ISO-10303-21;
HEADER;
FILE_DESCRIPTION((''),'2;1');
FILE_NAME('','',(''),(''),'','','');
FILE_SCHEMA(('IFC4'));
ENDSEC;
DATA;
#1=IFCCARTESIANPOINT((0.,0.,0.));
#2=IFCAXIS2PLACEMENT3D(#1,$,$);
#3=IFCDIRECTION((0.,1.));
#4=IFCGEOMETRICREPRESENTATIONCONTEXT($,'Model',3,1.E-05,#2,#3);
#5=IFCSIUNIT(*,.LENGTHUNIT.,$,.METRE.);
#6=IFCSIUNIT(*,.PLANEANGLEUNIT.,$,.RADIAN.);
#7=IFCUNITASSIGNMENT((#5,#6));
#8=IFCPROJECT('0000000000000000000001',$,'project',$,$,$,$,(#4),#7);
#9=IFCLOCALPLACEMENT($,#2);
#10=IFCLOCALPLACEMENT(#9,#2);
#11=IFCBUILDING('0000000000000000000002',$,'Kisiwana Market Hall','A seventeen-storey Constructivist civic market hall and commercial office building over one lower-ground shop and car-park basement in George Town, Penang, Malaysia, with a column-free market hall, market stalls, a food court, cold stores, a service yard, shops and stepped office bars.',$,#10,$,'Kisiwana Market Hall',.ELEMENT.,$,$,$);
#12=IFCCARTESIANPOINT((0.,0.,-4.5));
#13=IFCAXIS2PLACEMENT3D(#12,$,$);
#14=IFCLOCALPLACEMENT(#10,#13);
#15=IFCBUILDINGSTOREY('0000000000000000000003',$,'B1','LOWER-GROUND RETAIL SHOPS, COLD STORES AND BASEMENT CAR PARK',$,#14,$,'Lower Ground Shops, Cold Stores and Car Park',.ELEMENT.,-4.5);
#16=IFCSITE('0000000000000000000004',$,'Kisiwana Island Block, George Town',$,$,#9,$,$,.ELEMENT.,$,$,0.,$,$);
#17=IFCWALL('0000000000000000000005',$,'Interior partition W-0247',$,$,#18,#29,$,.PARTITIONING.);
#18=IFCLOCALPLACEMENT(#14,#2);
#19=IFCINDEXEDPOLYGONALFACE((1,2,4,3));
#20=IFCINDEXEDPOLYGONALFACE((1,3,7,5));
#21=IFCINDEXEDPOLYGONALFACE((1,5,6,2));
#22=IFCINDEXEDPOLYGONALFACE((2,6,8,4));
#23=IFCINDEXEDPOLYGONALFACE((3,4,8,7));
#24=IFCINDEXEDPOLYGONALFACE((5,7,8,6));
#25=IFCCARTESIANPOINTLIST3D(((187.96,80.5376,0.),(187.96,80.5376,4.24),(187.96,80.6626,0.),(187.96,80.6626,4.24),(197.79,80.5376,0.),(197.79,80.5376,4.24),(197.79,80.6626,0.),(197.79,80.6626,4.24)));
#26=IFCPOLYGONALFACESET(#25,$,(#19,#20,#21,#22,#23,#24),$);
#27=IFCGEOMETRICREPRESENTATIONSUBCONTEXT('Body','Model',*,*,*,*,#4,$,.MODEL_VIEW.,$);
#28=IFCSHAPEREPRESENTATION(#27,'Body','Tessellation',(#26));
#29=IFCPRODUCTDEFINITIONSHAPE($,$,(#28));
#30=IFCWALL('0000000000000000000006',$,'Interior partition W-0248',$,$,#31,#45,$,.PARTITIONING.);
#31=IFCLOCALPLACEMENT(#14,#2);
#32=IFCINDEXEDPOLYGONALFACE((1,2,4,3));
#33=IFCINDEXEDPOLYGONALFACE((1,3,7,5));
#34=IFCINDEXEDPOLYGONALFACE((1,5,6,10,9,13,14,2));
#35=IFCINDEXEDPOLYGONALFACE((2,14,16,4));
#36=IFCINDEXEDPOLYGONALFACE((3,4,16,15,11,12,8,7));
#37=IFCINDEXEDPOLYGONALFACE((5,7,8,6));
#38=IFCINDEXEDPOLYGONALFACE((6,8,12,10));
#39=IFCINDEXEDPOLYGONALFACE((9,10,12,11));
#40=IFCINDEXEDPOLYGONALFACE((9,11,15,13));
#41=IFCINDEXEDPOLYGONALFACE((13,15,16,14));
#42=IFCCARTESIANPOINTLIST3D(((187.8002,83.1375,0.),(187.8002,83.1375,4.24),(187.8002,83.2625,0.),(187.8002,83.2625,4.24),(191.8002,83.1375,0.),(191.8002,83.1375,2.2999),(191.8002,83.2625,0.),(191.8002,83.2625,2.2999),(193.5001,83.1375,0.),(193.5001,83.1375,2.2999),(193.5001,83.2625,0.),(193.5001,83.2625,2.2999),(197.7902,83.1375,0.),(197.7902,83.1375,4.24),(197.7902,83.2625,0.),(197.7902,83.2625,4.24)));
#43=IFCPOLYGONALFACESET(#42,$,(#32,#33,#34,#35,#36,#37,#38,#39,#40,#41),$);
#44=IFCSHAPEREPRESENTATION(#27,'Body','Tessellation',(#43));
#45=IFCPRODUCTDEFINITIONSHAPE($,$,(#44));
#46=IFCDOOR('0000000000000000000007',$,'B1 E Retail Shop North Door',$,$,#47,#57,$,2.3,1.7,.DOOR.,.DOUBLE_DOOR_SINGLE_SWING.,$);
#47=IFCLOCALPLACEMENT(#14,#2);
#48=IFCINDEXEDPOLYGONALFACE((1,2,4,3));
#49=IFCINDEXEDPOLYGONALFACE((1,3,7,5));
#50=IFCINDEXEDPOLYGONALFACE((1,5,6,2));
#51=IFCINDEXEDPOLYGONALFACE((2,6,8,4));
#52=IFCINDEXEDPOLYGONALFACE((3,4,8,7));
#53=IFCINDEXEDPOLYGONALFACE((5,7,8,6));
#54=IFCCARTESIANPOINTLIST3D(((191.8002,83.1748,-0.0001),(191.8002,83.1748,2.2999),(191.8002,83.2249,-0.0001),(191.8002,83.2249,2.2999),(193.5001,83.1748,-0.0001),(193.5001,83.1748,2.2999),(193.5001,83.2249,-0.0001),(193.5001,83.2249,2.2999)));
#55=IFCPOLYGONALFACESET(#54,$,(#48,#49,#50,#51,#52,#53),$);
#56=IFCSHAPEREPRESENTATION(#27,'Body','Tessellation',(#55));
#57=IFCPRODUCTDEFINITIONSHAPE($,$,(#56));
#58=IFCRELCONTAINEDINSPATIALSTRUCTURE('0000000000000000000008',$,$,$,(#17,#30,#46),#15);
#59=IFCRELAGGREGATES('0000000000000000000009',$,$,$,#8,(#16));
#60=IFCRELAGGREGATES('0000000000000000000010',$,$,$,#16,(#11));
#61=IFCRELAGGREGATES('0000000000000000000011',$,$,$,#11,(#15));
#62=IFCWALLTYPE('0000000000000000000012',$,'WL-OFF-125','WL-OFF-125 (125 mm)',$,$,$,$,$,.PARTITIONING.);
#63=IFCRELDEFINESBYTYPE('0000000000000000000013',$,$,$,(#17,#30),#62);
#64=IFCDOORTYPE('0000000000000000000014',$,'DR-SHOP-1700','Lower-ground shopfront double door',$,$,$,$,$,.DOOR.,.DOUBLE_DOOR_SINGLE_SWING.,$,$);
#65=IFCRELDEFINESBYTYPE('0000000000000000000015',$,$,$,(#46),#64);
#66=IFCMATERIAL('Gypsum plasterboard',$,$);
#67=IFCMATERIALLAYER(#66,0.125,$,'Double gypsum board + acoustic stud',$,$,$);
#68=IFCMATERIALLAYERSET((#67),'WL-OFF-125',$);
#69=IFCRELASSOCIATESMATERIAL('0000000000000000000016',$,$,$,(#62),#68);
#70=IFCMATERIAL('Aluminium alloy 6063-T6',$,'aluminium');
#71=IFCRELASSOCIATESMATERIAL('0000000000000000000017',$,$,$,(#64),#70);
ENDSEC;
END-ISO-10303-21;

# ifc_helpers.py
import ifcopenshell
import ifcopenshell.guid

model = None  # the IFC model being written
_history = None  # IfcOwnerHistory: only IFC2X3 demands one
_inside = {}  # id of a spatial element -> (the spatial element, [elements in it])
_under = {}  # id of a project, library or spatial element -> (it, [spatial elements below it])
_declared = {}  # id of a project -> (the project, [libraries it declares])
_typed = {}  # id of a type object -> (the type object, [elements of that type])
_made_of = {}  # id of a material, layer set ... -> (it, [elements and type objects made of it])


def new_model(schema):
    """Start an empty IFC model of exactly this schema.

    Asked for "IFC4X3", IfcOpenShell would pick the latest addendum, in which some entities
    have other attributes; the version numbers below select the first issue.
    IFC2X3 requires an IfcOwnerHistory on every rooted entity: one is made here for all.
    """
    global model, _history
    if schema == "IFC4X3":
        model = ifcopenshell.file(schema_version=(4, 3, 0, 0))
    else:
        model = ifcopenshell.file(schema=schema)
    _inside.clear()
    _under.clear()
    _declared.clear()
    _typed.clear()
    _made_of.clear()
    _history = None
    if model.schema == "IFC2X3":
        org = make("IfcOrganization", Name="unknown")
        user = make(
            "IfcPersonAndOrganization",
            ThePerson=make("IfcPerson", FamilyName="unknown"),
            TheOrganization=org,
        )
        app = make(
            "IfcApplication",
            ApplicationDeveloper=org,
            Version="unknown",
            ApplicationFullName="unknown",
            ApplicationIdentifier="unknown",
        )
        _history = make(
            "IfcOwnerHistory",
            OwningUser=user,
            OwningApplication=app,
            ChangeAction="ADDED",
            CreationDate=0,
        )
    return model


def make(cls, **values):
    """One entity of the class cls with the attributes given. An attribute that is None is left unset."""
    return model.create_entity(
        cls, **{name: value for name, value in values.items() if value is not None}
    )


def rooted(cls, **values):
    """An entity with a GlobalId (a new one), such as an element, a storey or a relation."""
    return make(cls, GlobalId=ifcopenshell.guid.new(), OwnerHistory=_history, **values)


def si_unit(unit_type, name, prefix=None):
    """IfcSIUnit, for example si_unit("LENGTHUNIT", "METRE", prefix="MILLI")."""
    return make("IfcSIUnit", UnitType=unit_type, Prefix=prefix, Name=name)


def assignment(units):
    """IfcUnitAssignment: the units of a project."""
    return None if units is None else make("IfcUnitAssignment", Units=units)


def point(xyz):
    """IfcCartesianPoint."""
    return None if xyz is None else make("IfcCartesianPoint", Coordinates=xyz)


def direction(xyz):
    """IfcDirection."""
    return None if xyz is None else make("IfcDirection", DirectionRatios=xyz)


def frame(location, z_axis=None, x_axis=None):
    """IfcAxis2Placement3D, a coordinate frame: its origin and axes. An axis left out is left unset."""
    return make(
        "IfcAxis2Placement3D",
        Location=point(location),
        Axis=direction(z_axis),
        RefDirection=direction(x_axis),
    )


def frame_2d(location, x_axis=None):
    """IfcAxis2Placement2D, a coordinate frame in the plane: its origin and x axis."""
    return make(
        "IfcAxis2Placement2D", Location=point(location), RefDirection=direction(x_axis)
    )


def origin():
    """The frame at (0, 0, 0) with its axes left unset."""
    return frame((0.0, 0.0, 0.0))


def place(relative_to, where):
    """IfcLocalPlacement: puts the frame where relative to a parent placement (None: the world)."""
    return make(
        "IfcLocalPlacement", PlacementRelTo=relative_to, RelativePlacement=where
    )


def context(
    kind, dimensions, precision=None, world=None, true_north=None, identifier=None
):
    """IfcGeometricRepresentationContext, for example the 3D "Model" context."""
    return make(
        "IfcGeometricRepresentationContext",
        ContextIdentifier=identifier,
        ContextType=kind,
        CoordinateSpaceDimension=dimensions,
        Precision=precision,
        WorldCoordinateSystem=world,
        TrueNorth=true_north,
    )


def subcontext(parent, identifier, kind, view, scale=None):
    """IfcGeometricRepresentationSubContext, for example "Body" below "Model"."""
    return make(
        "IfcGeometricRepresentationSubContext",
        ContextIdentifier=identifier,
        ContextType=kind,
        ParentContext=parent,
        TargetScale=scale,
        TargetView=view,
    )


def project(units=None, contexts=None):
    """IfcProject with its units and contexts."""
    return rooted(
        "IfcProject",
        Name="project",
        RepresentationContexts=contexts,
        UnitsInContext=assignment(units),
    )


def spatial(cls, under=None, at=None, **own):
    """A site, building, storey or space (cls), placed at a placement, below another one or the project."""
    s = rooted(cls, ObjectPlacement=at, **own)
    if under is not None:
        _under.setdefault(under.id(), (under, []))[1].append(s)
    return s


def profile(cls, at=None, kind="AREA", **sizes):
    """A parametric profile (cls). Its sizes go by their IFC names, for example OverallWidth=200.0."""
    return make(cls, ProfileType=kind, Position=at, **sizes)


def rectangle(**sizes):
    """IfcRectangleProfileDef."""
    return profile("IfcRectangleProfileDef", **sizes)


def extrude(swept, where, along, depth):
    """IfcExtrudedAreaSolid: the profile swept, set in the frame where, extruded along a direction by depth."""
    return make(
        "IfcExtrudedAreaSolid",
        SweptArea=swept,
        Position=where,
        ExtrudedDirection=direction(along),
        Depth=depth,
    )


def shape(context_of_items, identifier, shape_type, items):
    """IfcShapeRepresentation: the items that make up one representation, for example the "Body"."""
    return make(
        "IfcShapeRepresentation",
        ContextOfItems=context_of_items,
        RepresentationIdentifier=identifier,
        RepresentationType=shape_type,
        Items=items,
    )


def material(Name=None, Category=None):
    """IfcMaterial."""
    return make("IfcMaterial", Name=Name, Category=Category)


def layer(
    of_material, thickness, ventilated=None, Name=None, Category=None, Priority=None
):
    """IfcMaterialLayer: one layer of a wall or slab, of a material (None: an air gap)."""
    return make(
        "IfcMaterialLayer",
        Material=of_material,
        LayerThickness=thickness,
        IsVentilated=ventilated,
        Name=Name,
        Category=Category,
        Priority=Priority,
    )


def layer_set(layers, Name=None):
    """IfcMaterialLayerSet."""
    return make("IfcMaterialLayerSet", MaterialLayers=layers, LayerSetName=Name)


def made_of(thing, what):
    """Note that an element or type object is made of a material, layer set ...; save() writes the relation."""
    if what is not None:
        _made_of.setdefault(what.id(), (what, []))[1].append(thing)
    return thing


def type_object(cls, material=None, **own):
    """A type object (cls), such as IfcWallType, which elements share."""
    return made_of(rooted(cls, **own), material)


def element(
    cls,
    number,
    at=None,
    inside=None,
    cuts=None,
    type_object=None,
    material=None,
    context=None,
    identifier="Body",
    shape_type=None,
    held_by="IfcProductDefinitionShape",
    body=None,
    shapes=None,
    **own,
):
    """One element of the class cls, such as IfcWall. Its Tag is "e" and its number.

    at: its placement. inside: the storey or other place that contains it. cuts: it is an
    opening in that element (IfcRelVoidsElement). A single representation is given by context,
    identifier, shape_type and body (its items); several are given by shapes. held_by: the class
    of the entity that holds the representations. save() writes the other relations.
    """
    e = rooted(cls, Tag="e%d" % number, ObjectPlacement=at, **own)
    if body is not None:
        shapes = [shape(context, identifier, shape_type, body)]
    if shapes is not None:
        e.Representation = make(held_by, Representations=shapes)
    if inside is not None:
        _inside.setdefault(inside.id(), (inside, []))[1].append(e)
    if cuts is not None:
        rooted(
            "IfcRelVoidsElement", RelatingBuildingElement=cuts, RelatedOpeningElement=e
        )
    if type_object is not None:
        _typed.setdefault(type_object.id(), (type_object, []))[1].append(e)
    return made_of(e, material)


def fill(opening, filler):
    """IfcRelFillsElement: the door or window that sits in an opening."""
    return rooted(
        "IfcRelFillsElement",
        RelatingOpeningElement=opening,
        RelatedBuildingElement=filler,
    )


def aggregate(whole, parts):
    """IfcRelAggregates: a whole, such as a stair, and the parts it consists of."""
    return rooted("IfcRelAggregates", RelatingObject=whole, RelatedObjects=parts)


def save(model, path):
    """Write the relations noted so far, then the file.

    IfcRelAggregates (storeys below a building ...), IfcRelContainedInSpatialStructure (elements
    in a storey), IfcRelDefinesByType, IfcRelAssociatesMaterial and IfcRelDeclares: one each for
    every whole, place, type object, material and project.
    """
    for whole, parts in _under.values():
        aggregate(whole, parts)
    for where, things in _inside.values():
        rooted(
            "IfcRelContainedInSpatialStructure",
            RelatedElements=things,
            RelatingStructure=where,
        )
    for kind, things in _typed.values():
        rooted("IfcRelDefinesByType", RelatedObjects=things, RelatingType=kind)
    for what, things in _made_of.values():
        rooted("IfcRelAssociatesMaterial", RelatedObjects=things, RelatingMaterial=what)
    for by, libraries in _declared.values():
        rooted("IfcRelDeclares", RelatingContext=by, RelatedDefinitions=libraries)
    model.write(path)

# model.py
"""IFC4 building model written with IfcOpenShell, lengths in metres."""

from ifc_helpers import new_model, si_unit, direction, frame, frame_2d, origin, place, context, subcontext, project, spatial, rectangle, extrude, material, layer, layer_set, type_object, element, fill, save


model = new_model("IFC4")

# Units and contexts
model_context = context("Model", 3, precision=1e-05, world=origin(), true_north=direction((0.0, 1.0)))
body_context = subcontext(model_context, "Body", "Model", "MODEL_VIEW")
ifc_project = project(units=[si_unit("LENGTHUNIT", "METRE"), si_unit("PLANEANGLEUNIT", "RADIAN")], contexts=[model_context])

# Site, building, storey
site_placement = place(None, origin())
site = spatial("IfcSite", under=ifc_project, at=site_placement, Name="Kisiwana Island Block, George Town", CompositionType="ELEMENT", RefElevation=0.0)
building_placement = place(site_placement, origin())
building = spatial("IfcBuilding", under=site, at=building_placement, Name="Kisiwana Market Hall", Description="A seventeen-storey Constructivist civic market hall and commercial office building over one lower-ground shop and car-park basement in George Town, Penang, Malaysia, with a column-free market hall, market stalls, a food court, cold stores, a service yard, shops and stepped office bars.", LongName="Kisiwana Market Hall", CompositionType="ELEMENT")
storey_placement = place(building_placement, frame((0.0, 0.0, -4.5)))
storey = spatial("IfcBuildingStorey", under=building, at=storey_placement, Name="B1", Description="LOWER-GROUND RETAIL SHOPS, COLD STORES AND BASEMENT CAR PARK", LongName="Lower Ground Shops, Cold Stores and Car Park", CompositionType="ELEMENT", Elevation=-4.5)

# Wall
ifc_material_1 = material(Name="Gypsum plasterboard")
ifc_layer_1 = layer(ifc_material_1, 0.125, Name="Double gypsum board + acoustic stud")
ifc_layer_set_1 = layer_set([ifc_layer_1], Name="WL-OFF-125")
wall_type_1 = type_object("IfcWallType", Name="WL-OFF-125", Description="WL-OFF-125 (125 mm)", PredefinedType="PARTITIONING", material=ifc_layer_set_1)
wall_1_placement = place(storey_placement, frame((187.96, 80.6001, 0.0), z_axis=(0.0, 0.0, 1.0), x_axis=(1.0, 0.0, 0.0)))
element("IfcWall", 1, at=wall_1_placement, inside=storey, type_object=wall_type_1, Name="Interior partition W-0247", PredefinedType="PARTITIONING", context=body_context, shape_type="SweptSolid", body=[
    extrude(rectangle(XDim=9.8301, YDim=0.125, at=frame_2d((4.915, 0.0))), origin(), (0.0, 0.0, 1.0), 4.24),
])

# Wall, opening, door
wall_2_placement = place(storey_placement, frame((187.8, 83.2, 0.0), z_axis=(0.0, 0.0, 1.0), x_axis=(1.0, 0.0, 0.0)))
wall_2 = element("IfcWall", 2, at=wall_2_placement, inside=storey, type_object=wall_type_1, Name="Interior partition W-0248", PredefinedType="PARTITIONING", context=body_context, shape_type="SweptSolid", body=[
    extrude(rectangle(XDim=9.99, YDim=0.125, at=frame_2d((4.9951, 0.0))), origin(), (0.0, 0.0, 1.0), 4.24),
])
opening_placement = place(wall_2_placement, frame((4.0, 0.0, 0.0)))
opening = element("IfcOpeningElement", 3, at=opening_placement, cuts=wall_2, PredefinedType="OPENING", context=body_context, shape_type="SweptSolid", body=[
    extrude(rectangle(XDim=1.7, YDim=2.3, at=frame_2d((0.8501, 1.1499))), frame((0.0, 0.0745, 0.0), z_axis=(0.0, -1.0, 0.0), x_axis=(1.0, 0.0, 0.0)), (0.0, 0.0, 1.0), 0.1489),
])
ifc_material_2 = material(Name="Aluminium alloy 6063-T6", Category="aluminium")
door_type = type_object("IfcDoorType", Name="DR-SHOP-1700", Description="Lower-ground shopfront double door", OperationType="DOUBLE_DOOR_SINGLE_SWING", PredefinedType="DOOR", material=ifc_material_2)
door_placement = place(opening_placement, origin())
door = element("IfcDoor", 4, at=door_placement, inside=storey, type_object=door_type, Name="B1 E Retail Shop North Door", OperationType="DOUBLE_DOOR_SINGLE_SWING", OverallHeight=2.3, OverallWidth=1.7, PredefinedType="DOOR", context=body_context, shape_type="SweptSolid", body=[
    extrude(rectangle(XDim=1.7, YDim=2.3, at=frame_2d((0.8501, 1.1499))), frame((0.0, 0.0249, 0.0), z_axis=(0.0, -1.0, 0.0), x_axis=(1.0, 0.0, 0.0)), (0.0, 0.0, 1.0), 0.05),
])
fill(opening, door)

save(model, "model.ifc")
